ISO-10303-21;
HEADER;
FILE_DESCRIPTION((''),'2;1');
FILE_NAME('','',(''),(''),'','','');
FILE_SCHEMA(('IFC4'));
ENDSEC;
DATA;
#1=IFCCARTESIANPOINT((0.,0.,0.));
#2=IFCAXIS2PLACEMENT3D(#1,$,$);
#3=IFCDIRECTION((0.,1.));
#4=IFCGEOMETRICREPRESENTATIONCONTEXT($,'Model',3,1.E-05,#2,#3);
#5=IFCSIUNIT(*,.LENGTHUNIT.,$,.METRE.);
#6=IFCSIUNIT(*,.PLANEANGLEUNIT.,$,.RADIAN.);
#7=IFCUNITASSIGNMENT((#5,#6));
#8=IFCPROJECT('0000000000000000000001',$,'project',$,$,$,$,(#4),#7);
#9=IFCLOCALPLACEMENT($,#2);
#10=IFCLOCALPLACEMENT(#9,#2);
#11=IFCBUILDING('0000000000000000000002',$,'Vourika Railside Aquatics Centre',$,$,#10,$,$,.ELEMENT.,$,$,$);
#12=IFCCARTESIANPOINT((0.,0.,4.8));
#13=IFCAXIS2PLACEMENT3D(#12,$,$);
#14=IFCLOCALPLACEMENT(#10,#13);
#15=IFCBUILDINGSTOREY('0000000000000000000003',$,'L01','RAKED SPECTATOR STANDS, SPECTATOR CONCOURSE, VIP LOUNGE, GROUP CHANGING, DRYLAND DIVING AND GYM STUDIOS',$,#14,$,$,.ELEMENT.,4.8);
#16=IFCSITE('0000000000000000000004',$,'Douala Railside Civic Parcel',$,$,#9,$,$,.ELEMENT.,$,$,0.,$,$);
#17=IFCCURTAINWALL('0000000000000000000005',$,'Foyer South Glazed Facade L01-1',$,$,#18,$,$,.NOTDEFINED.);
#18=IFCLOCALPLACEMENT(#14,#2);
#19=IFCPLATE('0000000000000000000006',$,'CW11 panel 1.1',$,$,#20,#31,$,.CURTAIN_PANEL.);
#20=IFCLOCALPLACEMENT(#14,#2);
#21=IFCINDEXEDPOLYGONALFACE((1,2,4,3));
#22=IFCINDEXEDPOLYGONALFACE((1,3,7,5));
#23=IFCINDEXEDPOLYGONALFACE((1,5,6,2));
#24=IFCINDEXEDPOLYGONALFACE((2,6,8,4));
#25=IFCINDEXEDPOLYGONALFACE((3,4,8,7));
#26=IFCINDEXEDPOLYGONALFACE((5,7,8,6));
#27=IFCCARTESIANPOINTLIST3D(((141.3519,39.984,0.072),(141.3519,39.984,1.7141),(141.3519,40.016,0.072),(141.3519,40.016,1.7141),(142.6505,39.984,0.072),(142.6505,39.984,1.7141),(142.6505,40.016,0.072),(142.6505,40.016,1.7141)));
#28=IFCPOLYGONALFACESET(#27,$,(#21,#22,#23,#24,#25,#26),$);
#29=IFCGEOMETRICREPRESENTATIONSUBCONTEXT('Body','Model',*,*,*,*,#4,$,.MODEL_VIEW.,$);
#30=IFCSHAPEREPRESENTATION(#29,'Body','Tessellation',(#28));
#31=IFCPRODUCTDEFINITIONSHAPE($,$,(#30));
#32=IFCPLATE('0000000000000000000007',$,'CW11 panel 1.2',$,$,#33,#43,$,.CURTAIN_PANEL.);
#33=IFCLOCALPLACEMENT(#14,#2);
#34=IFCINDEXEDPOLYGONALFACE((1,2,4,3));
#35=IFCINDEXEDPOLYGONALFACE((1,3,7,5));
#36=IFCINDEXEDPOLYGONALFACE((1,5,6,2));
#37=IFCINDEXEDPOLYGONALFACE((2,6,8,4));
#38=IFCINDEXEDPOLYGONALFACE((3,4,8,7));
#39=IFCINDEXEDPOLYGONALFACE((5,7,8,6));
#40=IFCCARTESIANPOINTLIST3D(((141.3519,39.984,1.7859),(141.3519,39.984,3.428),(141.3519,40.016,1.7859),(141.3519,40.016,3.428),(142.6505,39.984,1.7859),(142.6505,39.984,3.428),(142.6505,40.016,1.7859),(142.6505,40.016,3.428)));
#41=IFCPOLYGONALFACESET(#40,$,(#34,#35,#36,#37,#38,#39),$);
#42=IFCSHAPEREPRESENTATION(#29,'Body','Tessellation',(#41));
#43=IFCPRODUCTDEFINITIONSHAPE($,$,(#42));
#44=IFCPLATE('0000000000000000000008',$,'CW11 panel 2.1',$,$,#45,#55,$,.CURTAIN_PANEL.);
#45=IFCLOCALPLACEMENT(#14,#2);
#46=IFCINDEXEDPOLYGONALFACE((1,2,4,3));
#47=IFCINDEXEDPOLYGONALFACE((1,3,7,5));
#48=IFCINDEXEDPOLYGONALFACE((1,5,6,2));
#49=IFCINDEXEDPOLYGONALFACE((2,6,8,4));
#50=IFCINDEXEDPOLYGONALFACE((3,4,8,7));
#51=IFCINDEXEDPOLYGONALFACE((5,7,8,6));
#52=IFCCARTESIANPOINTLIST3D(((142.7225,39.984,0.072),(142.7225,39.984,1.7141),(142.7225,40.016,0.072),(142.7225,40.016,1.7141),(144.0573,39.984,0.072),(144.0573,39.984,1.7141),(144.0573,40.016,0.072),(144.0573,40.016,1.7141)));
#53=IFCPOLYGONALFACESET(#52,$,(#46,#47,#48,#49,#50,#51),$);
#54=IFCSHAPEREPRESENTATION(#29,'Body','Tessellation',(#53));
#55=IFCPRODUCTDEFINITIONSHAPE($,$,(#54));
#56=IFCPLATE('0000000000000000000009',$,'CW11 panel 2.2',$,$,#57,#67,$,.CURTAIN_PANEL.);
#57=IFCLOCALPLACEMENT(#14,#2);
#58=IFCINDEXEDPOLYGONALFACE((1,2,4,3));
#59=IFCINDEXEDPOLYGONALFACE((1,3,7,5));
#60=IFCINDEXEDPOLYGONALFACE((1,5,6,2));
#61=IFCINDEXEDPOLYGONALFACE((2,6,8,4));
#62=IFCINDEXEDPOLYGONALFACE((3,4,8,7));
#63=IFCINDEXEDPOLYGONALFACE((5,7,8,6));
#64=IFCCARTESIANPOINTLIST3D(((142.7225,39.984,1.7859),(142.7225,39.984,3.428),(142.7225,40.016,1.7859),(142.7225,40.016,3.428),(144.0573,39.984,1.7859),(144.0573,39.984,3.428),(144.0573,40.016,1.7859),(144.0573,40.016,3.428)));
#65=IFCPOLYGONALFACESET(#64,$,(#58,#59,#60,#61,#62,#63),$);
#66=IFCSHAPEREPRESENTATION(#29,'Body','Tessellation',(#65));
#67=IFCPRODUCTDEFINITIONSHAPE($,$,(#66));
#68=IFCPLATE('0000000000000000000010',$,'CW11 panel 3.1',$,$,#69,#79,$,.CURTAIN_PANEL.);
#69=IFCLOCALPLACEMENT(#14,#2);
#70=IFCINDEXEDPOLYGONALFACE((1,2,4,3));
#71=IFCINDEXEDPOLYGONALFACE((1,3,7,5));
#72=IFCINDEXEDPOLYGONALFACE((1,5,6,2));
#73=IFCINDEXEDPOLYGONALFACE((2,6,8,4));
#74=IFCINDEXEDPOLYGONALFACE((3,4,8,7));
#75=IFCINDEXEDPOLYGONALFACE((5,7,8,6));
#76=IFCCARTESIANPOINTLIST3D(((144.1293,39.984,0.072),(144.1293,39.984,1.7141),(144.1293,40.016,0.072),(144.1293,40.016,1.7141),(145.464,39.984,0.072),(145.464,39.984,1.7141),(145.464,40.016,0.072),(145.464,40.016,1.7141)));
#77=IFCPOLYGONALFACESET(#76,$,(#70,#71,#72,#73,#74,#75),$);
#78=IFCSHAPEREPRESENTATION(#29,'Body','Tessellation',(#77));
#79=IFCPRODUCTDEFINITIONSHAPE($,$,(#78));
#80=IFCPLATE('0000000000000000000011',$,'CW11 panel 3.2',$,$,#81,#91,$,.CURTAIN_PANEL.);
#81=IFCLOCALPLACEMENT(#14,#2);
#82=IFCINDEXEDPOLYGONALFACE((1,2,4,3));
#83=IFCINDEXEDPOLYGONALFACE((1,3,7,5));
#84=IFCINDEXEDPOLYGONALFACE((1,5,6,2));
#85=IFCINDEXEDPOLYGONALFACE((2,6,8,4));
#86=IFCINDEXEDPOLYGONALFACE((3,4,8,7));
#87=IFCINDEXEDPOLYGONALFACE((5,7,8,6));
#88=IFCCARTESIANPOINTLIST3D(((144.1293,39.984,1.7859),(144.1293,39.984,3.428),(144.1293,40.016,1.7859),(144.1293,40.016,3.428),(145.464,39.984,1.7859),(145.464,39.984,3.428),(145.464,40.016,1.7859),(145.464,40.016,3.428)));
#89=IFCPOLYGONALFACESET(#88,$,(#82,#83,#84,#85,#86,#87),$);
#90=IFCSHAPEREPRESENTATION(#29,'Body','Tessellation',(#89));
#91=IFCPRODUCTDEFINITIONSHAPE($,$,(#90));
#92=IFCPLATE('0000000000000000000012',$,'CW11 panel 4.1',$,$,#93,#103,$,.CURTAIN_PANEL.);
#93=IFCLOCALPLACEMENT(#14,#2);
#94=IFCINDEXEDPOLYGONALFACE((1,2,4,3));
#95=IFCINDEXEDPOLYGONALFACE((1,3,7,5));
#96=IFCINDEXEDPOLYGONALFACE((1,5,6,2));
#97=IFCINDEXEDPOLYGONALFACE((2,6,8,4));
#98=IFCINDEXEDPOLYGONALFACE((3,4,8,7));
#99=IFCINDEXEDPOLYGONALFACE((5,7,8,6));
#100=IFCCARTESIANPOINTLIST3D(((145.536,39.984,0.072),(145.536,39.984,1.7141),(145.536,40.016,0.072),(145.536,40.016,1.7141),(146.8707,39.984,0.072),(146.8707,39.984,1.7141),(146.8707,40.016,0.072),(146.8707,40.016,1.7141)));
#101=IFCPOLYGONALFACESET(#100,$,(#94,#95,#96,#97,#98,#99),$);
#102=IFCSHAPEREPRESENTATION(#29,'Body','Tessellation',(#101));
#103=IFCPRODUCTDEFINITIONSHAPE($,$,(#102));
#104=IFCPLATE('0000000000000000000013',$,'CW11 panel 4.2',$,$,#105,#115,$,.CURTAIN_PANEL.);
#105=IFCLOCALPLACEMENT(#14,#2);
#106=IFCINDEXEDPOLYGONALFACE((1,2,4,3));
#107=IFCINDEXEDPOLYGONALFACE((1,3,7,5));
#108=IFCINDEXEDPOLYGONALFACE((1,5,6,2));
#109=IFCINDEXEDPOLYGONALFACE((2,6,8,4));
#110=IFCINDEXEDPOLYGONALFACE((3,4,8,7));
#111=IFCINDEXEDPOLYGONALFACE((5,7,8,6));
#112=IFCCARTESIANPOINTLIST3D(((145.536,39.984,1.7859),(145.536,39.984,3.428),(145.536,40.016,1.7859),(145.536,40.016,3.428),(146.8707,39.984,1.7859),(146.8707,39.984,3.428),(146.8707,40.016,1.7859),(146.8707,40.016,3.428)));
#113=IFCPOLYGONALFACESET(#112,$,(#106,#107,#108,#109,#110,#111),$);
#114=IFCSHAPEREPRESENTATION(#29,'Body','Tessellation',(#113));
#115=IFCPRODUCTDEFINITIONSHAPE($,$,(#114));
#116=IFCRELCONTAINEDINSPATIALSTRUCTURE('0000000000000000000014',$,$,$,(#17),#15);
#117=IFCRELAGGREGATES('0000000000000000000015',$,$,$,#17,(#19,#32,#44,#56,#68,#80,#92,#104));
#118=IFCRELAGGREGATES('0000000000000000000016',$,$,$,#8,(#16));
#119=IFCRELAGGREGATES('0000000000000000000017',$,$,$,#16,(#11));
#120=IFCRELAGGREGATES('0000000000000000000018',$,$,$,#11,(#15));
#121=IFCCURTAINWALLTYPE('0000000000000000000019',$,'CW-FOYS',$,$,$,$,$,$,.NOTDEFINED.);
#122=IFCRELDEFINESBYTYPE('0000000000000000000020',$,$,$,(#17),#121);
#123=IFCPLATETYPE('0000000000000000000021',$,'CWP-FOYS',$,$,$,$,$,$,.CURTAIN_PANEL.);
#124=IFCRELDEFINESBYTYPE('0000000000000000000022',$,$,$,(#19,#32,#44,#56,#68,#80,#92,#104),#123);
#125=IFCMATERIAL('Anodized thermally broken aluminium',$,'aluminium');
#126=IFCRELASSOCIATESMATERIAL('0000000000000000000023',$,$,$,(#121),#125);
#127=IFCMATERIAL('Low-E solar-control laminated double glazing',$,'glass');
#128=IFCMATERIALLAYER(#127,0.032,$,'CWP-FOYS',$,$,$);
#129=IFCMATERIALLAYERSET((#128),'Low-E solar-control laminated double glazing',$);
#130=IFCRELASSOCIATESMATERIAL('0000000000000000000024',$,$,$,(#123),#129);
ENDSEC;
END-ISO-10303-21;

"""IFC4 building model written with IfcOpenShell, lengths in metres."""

from ifc_helpers import new_model, si_unit, direction, frame, origin, origin_2d, place, context, subcontext, project, spatial, rectangle, extrude, material, layer, layer_set, type_object, element, aggregate, save


model = new_model("IFC4")

# Units and contexts
model_context = context("Model", 3, precision=1e-05, world=origin(), true_north=direction((0.0, 1.0)))
body_context = subcontext(model_context, "Body", "Model", "MODEL_VIEW")
ifc_project = project(units=[si_unit("LENGTHUNIT", "METRE"), si_unit("PLANEANGLEUNIT", "RADIAN")], contexts=[model_context])

# Site, building, storey
site_placement = place(None, origin())
site = spatial("IfcSite", under=ifc_project, at=site_placement, Name="Douala Railside Civic Parcel", CompositionType="ELEMENT", RefElevation=0.0)
building_placement = place(site_placement, origin())
building = spatial("IfcBuilding", under=site, at=building_placement, Name="Vourika Railside Aquatics Centre", CompositionType="ELEMENT")
storey_placement = place(building_placement, frame((0.0, 0.0, 4.8)))
storey = spatial("IfcBuildingStorey", under=building, at=storey_placement, Name="L01", Description="RAKED SPECTATOR STANDS, SPECTATOR CONCOURSE, VIP LOUNGE, GROUP CHANGING, DRYLAND DIVING AND GYM STUDIOS", CompositionType="ELEMENT", Elevation=4.8)

# Curtain wall, plates
ifc_material_1 = material(Name="Anodized thermally broken aluminium", Category="aluminium")
curtain_wall_type = type_object("IfcCurtainWallType", Name="CW-FOYS", PredefinedType="NOTDEFINED", material=ifc_material_1)
curtain_wall_placement = place(storey_placement, origin())
curtain_wall = element("IfcCurtainWall", 1, at=curtain_wall_placement, inside=storey, type_object=curtain_wall_type, Name="Foyer South Glazed Facade L01-1", PredefinedType="NOTDEFINED")
ifc_material_2 = material(Name="Low-E solar-control laminated double glazing", Category="glass")
ifc_layer = layer(ifc_material_2, 0.032, Name="CWP-FOYS")
ifc_layer_set = layer_set([ifc_layer], Name="Low-E solar-control laminated double glazing")
plate_type = type_object("IfcPlateType", Name="CWP-FOYS", PredefinedType="CURTAIN_PANEL", material=ifc_layer_set)
plate_1_placement = place(storey_placement, frame((142.0012, 40.0, 0.072), z_axis=(0.0, 0.0, 1.0), x_axis=(1.0, 0.0, 0.0)))
plate_1 = element("IfcPlate", 2, at=plate_1_placement, type_object=plate_type, Name="CW11 panel 1.1", PredefinedType="CURTAIN_PANEL", context=body_context, shape_type="SweptSolid", body=[
    extrude(rectangle(XDim=1.2986, YDim=0.032, at=origin_2d()), origin(), (0.0, 0.0, 1.0), 1.6421),
])
plate_2_placement = place(storey_placement, frame((142.0012, 40.0, 1.7859), z_axis=(0.0, 0.0, 1.0), x_axis=(1.0, 0.0, 0.0)))
plate_2 = element("IfcPlate", 3, at=plate_2_placement, type_object=plate_type, Name="CW11 panel 1.2", PredefinedType="CURTAIN_PANEL", context=body_context, shape_type="SweptSolid", body=[
    extrude(rectangle(XDim=1.2986, YDim=0.032, at=origin_2d()), origin(), (0.0, 0.0, 1.0), 1.6421),
])
plate_3_placement = place(storey_placement, frame((143.3899, 40.0, 0.072), z_axis=(0.0, 0.0, 1.0), x_axis=(1.0, 0.0, 0.0)))
plate_3 = element("IfcPlate", 4, at=plate_3_placement, type_object=plate_type, Name="CW11 panel 2.1", PredefinedType="CURTAIN_PANEL", context=body_context, shape_type="SweptSolid", body=[
    extrude(rectangle(XDim=1.3347, YDim=0.032, at=origin_2d()), origin(), (0.0, 0.0, 1.0), 1.6421),
])
plate_4_placement = place(storey_placement, frame((143.3899, 40.0, 1.7859), z_axis=(0.0, 0.0, 1.0), x_axis=(1.0, 0.0, 0.0)))
plate_4 = element("IfcPlate", 5, at=plate_4_placement, type_object=plate_type, Name="CW11 panel 2.2", PredefinedType="CURTAIN_PANEL", context=body_context, shape_type="SweptSolid", body=[
    extrude(rectangle(XDim=1.3347, YDim=0.032, at=origin_2d()), origin(), (0.0, 0.0, 1.0), 1.6421),
])
plate_5_placement = place(storey_placement, frame((144.7966, 40.0, 0.072), z_axis=(0.0, 0.0, 1.0), x_axis=(1.0, 0.0, 0.0)))
plate_5 = element("IfcPlate", 6, at=plate_5_placement, type_object=plate_type, Name="CW11 panel 3.1", PredefinedType="CURTAIN_PANEL", context=body_context, shape_type="SweptSolid", body=[
    extrude(rectangle(XDim=1.3347, YDim=0.032, at=origin_2d()), origin(), (0.0, 0.0, 1.0), 1.6421),
])
plate_6_placement = place(storey_placement, frame((144.7966, 40.0, 1.7859), z_axis=(0.0, 0.0, 1.0), x_axis=(1.0, 0.0, 0.0)))
plate_6 = element("IfcPlate", 7, at=plate_6_placement, type_object=plate_type, Name="CW11 panel 3.2", PredefinedType="CURTAIN_PANEL", context=body_context, shape_type="SweptSolid", body=[
    extrude(rectangle(XDim=1.3347, YDim=0.032, at=origin_2d()), origin(), (0.0, 0.0, 1.0), 1.6421),
])
plate_7_placement = place(storey_placement, frame((146.2034, 40.0, 0.072), z_axis=(0.0, 0.0, 1.0), x_axis=(1.0, 0.0, 0.0)))
plate_7 = element("IfcPlate", 8, at=plate_7_placement, type_object=plate_type, Name="CW11 panel 4.1", PredefinedType="CURTAIN_PANEL", context=body_context, shape_type="SweptSolid", body=[
    extrude(rectangle(XDim=1.3347, YDim=0.032, at=origin_2d()), origin(), (0.0, 0.0, 1.0), 1.6421),
])
plate_8_placement = place(storey_placement, frame((146.2034, 40.0, 1.7859), z_axis=(0.0, 0.0, 1.0), x_axis=(1.0, 0.0, 0.0)))
plate_8 = element("IfcPlate", 9, at=plate_8_placement, type_object=plate_type, Name="CW11 panel 4.2", PredefinedType="CURTAIN_PANEL", context=body_context, shape_type="SweptSolid", body=[
    extrude(rectangle(XDim=1.3347, YDim=0.032, at=origin_2d()), origin(), (0.0, 0.0, 1.0), 1.6421),
])
aggregate(curtain_wall, [plate_1, plate_2, plate_3, plate_4, plate_5, plate_6, plate_7, plate_8])

save(model, "model.ifc")
